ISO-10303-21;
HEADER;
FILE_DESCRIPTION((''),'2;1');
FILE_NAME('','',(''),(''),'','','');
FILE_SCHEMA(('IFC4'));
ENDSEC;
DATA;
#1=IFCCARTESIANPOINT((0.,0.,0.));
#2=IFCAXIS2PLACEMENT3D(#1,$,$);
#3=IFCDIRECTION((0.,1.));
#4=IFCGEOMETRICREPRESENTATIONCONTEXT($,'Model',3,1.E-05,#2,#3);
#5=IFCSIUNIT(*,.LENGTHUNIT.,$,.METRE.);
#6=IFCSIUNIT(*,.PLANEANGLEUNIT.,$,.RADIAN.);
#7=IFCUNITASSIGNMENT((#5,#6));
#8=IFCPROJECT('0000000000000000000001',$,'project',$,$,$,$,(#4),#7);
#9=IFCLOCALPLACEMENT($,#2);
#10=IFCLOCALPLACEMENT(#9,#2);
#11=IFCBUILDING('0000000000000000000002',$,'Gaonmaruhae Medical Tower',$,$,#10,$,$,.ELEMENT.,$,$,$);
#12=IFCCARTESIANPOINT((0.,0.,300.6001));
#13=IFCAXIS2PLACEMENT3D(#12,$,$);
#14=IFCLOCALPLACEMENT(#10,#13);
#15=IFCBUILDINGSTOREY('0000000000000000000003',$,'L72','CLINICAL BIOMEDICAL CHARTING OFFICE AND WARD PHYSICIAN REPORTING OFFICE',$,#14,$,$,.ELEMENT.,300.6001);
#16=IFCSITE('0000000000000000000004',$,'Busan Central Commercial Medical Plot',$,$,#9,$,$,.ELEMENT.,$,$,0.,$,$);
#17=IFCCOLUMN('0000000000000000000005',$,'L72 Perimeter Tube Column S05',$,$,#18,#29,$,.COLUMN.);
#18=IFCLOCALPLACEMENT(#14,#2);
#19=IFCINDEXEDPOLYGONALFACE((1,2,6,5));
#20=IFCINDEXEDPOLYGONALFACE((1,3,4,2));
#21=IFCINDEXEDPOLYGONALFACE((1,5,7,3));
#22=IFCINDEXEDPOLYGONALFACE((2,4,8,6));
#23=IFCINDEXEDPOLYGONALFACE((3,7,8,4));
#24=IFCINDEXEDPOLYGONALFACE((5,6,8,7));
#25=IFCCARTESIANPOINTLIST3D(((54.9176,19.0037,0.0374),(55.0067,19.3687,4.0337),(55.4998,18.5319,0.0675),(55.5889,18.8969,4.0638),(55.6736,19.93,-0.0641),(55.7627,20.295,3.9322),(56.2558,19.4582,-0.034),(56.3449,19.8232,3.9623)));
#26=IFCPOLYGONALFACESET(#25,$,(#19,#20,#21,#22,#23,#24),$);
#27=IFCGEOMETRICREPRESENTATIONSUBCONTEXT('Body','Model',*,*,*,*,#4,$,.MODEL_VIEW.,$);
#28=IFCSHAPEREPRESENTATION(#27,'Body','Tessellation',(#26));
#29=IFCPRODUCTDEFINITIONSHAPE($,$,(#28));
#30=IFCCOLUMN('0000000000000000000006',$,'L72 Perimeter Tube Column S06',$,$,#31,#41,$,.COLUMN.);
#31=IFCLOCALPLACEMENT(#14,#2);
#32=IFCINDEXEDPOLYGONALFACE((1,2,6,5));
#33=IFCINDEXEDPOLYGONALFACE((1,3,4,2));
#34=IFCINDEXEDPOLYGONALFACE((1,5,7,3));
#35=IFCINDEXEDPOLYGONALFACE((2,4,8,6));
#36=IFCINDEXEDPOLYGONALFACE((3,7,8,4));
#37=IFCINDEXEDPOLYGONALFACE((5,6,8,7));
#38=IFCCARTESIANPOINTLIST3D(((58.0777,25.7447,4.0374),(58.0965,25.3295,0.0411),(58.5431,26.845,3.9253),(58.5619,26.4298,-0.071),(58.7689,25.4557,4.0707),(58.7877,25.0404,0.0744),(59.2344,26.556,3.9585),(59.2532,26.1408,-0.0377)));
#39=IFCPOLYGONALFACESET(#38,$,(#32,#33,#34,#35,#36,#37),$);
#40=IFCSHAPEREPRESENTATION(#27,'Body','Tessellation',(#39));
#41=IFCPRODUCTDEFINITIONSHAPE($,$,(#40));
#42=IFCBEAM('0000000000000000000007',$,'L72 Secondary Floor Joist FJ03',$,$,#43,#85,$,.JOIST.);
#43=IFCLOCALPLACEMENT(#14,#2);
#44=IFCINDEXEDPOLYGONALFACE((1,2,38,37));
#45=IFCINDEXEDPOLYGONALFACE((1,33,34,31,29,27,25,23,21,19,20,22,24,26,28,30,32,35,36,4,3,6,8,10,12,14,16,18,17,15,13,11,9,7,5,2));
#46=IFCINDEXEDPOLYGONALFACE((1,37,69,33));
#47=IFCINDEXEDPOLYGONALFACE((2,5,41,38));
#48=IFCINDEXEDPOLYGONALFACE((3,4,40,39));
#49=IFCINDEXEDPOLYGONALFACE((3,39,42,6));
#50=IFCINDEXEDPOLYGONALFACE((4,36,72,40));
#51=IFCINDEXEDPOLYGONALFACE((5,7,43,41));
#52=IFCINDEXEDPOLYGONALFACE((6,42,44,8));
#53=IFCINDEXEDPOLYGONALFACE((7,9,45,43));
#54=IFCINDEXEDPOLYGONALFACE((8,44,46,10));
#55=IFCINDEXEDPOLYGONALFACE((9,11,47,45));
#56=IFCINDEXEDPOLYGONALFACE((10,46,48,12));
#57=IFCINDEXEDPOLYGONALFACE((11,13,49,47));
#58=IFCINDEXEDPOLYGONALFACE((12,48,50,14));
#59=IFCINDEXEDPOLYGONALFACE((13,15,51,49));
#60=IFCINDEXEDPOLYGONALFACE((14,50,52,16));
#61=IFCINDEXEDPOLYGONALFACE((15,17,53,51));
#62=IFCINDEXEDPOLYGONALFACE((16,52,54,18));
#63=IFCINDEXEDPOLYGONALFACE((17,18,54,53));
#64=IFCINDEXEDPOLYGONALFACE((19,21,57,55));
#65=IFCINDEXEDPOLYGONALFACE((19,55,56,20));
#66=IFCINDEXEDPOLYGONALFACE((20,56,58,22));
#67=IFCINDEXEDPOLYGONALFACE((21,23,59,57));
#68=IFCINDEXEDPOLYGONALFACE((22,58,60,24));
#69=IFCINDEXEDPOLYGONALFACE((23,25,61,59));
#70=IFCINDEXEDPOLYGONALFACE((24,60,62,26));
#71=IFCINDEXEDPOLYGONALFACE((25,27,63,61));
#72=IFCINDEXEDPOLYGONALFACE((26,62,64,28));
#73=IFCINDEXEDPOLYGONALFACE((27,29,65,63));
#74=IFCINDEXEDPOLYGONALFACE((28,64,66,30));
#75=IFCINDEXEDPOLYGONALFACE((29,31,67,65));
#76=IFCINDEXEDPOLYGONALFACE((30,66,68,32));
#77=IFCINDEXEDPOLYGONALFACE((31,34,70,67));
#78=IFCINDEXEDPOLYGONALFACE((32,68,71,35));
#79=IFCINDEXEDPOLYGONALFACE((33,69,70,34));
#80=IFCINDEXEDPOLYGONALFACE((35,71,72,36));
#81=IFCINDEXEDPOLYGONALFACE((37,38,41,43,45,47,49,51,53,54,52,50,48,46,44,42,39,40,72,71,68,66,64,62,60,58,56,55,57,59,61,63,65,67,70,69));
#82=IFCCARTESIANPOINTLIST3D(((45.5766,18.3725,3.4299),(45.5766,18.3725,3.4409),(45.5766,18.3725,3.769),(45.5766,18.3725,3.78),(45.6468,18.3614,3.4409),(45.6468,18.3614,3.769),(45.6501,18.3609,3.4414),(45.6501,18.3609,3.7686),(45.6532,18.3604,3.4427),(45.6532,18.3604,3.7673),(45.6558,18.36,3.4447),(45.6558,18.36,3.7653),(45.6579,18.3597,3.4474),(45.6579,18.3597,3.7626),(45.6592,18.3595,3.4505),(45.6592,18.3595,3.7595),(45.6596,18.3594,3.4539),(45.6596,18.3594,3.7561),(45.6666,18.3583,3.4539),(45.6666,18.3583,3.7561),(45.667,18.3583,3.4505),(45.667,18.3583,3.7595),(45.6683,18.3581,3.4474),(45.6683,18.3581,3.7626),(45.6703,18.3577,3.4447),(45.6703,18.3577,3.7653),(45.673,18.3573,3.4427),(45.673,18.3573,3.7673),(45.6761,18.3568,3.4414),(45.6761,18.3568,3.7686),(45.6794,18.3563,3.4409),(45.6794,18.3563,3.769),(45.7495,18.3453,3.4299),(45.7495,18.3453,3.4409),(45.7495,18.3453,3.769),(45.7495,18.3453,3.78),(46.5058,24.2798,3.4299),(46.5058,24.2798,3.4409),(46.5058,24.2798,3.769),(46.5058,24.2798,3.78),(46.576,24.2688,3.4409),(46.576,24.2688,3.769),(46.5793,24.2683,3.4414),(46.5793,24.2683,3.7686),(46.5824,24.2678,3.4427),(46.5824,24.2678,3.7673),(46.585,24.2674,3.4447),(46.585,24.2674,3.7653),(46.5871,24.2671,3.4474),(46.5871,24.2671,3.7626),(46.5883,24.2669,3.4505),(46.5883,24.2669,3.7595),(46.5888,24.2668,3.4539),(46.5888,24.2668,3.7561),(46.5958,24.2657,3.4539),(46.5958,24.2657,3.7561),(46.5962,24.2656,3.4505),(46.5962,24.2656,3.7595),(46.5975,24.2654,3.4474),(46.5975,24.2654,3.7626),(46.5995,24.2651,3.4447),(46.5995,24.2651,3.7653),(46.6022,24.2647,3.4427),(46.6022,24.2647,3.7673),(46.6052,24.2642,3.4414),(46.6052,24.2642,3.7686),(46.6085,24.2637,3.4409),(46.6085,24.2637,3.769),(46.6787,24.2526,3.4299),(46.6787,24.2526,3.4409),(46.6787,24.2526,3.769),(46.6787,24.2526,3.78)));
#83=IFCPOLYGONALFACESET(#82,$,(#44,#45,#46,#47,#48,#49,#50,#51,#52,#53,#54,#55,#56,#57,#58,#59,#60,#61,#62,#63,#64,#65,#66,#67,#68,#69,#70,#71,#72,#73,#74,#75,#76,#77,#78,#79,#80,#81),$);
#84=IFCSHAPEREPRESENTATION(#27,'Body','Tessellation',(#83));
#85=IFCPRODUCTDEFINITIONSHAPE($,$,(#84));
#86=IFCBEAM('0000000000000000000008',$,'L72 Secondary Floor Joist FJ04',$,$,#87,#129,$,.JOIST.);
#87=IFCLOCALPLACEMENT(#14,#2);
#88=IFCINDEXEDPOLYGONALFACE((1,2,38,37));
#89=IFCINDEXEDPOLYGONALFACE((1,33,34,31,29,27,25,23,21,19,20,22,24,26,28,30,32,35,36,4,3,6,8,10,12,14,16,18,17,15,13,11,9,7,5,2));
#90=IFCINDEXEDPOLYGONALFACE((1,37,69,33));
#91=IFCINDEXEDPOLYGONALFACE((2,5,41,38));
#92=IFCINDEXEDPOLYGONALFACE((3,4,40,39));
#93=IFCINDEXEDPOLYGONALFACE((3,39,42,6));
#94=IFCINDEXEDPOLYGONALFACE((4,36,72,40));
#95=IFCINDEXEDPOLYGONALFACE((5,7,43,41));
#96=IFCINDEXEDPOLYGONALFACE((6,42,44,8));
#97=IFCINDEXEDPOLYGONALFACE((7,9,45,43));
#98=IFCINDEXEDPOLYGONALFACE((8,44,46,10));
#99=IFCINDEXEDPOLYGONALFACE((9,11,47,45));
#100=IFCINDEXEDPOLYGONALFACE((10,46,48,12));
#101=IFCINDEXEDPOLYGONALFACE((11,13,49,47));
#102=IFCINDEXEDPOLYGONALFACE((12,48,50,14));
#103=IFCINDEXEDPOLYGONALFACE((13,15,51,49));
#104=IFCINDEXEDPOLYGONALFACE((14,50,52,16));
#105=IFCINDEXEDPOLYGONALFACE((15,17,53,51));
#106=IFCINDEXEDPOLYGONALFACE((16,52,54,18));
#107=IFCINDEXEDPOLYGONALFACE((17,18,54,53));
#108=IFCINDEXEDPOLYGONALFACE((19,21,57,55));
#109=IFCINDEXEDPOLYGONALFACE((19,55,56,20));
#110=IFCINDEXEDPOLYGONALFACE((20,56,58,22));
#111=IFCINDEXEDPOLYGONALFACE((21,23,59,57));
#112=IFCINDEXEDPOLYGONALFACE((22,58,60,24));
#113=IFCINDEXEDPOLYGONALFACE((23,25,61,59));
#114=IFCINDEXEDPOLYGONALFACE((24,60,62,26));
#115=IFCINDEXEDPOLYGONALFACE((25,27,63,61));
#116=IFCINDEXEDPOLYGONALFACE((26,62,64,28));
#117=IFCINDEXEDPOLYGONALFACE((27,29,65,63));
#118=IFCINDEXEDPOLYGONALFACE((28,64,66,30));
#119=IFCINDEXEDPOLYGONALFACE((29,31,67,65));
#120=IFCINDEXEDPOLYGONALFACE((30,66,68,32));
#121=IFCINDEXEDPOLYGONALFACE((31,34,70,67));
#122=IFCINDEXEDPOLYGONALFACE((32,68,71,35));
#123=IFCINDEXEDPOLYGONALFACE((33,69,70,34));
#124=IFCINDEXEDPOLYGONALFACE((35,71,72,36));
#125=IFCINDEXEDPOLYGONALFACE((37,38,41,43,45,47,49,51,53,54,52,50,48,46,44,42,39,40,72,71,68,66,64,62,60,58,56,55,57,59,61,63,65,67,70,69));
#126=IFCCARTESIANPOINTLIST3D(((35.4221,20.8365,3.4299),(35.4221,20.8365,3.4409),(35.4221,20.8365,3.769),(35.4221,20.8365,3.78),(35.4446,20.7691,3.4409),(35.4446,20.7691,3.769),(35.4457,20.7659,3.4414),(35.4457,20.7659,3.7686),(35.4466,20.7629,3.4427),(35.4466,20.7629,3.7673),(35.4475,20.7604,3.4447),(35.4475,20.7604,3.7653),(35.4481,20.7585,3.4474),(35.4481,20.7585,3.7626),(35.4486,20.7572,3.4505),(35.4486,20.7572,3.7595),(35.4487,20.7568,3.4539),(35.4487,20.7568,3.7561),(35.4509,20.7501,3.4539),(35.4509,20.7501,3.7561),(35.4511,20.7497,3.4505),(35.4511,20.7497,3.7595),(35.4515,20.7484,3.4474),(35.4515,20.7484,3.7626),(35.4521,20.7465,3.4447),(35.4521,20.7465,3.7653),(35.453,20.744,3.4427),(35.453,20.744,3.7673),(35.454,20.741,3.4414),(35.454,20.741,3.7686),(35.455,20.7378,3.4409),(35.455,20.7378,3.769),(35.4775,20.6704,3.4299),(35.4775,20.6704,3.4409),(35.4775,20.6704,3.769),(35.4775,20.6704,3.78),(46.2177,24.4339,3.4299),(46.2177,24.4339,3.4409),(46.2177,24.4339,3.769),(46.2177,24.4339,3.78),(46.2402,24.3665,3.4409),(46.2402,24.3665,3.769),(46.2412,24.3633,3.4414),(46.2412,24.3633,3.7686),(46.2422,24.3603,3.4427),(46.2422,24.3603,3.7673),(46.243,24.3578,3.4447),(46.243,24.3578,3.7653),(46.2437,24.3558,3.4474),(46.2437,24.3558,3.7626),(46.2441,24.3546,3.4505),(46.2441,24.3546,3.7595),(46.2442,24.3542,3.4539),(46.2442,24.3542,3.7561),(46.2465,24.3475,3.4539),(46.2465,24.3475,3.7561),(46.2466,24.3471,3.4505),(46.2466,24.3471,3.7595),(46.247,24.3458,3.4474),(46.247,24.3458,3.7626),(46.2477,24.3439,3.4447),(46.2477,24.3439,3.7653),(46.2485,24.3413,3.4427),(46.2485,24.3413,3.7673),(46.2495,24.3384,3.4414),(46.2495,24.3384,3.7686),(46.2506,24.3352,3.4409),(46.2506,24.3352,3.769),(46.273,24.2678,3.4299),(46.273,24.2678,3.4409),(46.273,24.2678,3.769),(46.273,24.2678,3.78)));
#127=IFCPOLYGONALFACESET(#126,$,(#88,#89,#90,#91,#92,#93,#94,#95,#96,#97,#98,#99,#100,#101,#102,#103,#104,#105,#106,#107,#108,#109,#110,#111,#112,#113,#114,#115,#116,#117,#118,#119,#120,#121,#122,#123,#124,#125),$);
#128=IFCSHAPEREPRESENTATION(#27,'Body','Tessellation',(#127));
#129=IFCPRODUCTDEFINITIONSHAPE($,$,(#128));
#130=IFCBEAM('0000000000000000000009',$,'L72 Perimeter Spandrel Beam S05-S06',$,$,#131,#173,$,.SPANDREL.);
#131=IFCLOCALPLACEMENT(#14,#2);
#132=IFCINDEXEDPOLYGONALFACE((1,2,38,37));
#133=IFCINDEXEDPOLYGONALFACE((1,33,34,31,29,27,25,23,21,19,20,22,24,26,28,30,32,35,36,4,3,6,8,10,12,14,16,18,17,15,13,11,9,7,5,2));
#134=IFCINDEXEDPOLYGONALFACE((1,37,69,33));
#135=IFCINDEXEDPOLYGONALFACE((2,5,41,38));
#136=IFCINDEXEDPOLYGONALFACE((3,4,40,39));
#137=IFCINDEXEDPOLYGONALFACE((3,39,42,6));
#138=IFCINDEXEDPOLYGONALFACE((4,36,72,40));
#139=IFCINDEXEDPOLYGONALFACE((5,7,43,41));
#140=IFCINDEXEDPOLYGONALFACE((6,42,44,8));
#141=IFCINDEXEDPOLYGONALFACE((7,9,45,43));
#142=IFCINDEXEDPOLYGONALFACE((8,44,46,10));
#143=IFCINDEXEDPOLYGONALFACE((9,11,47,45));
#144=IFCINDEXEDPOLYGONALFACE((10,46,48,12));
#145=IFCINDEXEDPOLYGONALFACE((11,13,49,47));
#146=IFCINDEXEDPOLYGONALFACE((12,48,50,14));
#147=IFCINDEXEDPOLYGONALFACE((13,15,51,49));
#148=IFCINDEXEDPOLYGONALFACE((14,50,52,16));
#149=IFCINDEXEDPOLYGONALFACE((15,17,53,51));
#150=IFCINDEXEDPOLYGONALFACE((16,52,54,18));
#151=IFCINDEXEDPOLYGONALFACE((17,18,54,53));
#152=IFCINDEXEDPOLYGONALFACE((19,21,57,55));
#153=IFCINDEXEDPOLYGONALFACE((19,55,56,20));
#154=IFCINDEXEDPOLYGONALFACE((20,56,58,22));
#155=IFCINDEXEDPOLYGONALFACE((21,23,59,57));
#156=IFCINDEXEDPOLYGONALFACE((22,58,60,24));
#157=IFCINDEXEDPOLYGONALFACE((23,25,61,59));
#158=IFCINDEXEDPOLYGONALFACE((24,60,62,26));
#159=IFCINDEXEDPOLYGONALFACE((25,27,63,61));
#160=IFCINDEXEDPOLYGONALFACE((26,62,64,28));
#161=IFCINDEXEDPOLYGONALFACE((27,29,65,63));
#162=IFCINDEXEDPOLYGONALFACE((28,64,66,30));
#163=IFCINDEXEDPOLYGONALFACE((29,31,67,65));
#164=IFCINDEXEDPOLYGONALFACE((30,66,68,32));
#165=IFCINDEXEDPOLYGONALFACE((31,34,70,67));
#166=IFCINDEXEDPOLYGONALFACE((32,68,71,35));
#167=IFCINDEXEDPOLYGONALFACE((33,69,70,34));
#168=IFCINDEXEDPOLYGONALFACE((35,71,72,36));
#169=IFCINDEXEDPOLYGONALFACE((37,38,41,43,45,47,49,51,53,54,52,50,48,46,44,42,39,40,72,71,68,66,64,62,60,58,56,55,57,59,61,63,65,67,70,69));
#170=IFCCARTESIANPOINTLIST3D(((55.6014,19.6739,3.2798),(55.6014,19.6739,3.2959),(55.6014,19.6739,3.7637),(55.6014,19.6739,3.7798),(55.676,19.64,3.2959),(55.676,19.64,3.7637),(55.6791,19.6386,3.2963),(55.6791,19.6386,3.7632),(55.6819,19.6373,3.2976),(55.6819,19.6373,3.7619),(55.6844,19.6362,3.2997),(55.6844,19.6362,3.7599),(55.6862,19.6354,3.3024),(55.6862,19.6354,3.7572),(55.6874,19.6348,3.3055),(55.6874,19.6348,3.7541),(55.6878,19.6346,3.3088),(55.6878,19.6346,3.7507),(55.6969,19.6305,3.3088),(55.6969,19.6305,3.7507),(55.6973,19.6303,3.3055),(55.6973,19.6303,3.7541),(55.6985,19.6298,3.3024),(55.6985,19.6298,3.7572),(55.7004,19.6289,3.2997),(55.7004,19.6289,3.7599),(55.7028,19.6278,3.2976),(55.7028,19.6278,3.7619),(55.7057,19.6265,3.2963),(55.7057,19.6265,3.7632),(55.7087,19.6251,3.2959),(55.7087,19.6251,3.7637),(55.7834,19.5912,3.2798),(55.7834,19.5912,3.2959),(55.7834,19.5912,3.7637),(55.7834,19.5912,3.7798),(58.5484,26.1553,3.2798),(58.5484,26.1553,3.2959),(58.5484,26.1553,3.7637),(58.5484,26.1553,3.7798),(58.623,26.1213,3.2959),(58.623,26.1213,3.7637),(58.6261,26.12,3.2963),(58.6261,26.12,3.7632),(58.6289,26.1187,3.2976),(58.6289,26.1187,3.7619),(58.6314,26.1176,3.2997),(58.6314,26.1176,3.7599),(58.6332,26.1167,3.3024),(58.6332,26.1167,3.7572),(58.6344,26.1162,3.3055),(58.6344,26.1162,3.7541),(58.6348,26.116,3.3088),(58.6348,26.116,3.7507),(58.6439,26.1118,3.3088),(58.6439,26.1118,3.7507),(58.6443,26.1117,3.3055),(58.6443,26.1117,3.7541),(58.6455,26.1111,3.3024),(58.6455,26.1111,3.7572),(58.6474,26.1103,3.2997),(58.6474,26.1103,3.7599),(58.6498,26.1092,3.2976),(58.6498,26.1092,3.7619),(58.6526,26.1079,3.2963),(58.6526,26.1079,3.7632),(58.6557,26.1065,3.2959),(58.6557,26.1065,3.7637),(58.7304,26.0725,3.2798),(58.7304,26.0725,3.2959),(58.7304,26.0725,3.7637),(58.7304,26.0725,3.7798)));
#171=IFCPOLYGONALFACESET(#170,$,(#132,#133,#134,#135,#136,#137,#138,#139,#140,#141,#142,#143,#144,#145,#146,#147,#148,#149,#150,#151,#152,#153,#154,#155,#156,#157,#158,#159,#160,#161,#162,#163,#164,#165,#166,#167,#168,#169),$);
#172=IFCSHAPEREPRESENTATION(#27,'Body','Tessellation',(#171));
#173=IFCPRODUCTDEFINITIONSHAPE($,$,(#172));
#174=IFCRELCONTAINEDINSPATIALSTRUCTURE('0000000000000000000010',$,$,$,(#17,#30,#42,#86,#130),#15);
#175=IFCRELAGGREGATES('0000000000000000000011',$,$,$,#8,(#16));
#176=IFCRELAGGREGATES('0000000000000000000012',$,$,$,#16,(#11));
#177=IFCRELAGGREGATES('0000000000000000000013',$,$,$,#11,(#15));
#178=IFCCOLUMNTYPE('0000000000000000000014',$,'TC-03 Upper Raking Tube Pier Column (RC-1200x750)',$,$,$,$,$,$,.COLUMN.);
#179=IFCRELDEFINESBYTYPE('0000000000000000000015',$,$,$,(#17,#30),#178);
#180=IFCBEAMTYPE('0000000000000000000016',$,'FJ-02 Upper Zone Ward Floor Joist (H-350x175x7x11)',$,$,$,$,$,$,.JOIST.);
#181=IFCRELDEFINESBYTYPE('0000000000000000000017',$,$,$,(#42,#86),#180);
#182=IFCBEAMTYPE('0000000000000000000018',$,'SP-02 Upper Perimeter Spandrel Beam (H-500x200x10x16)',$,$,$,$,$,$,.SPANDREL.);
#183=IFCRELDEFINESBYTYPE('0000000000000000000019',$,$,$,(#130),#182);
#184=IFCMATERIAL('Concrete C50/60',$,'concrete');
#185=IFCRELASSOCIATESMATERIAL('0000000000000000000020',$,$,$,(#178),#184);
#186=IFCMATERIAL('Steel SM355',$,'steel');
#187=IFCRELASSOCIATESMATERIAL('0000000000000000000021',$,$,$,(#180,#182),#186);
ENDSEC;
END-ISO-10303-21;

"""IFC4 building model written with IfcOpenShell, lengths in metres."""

from ifc_helpers import new_model, si_unit, direction, frame, origin, origin_2d, place, context, subcontext, project, spatial, rectangle, i_section, extrude, material, material_profile, profile_set, type_object, element, save


model = new_model("IFC4")

# Units and contexts
model_context = context("Model", 3, precision=1e-05, world=origin(), true_north=direction((0.0, 1.0)))
body_context = subcontext(model_context, "Body", "Model", "MODEL_VIEW")
ifc_project = project(units=[si_unit("LENGTHUNIT", "METRE"), si_unit("PLANEANGLEUNIT", "RADIAN")], contexts=[model_context])

# Site, building, storey
site_placement = place(None, origin())
site = spatial("IfcSite", under=ifc_project, at=site_placement, Name="Busan Central Commercial Medical Plot", CompositionType="ELEMENT", RefElevation=0.0)
building_placement = place(site_placement, origin())
building = spatial("IfcBuilding", under=site, at=building_placement, Name="Gaonmaruhae Medical Tower", CompositionType="ELEMENT")
storey_placement = place(building_placement, frame((0.0, 0.0, 300.6001)))
storey = spatial("IfcBuildingStorey", under=building, at=storey_placement, Name="L72", Description="CLINICAL BIOMEDICAL CHARTING OFFICE AND WARD PHYSICIAN REPORTING OFFICE", CompositionType="ELEMENT", Elevation=300.6001)

# Columns
ifc_material_1 = material(Name="Concrete C50/60", Category="concrete")
ifc_material_profile_1 = material_profile(ifc_material_1, rectangle(XDim=1.2, YDim=0.75, at=origin_2d()), Name="RC-1200x750")
ifc_profile_set_1 = profile_set([ifc_material_profile_1], Name="Concrete C50/60")
column_type = type_object("IfcColumnType", Name="TC-03 Upper Raking Tube Pier Column (RC-1200x750)", PredefinedType="COLUMN", material=ifc_profile_set_1)
column_1_placement = place(storey_placement, frame((55.5867, 19.231, 0.0017), z_axis=(0.0222, 0.09093, 0.99561), x_axis=(-0.630009, -0.771971, 0.084553)))
element("IfcColumn", 1, at=column_1_placement, inside=storey, type_object=column_type, Name="L72 Perimeter Tube Column S05", PredefinedType="COLUMN", context=body_context, shape_type="SweptSolid", body=[
    extrude(rectangle(XDim=1.2, YDim=0.75, at=origin_2d()), origin(), (0.0, 0.0, 1.0), 4.0139),
])
column_2_placement = place(storey_placement, frame((58.6748, 25.7351, 0.0017), z_axis=(-0.004679, 0.103358, 0.994633), x_axis=(-0.387866, -0.916965, 0.093463)))
element("IfcColumn", 2, at=column_2_placement, inside=storey, type_object=column_type, Name="L72 Perimeter Tube Column S06", PredefinedType="COLUMN", context=body_context, shape_type="SweptSolid", body=[
    extrude(rectangle(XDim=1.2, YDim=0.75, at=origin_2d()), origin(), (0.0, 0.0, 1.0), 4.0178),
])

# Beams
ifc_material_2 = material(Name="Steel SM355", Category="steel")
ifc_material_profile_2 = material_profile(ifc_material_2, i_section(OverallWidth=0.175, OverallDepth=0.3501, WebThickness=0.0071, FlangeThickness=0.011, FilletRadius=0.0129, at=origin_2d()), Name="H-350x175x7x11")
ifc_profile_set_2 = profile_set([ifc_material_profile_2], Name="Steel SM355")
beam_type_1 = type_object("IfcBeamType", Name="FJ-02 Upper Zone Ward Floor Joist (H-350x175x7x11)", PredefinedType="JOIST", material=ifc_profile_set_2)
beam_1_placement = place(storey_placement, frame((45.6631, 18.3589, 3.605), z_axis=(0.155382, 0.987854, 0.0), x_axis=(-0.987854, 0.155382, 0.0)))
element("IfcBeam", 3, at=beam_1_placement, inside=storey, type_object=beam_type_1, Name="L72 Secondary Floor Joist FJ03", PredefinedType="JOIST", context=body_context, shape_type="SweptSolid", body=[
    extrude(i_section(OverallWidth=0.175, OverallDepth=0.3501, WebThickness=0.0071, FlangeThickness=0.011, FilletRadius=0.0129, at=origin_2d()), origin(), (0.0, 0.0, 1.0), 5.98),
])
beam_2_placement = place(storey_placement, frame((46.2454, 24.3508, 3.605), z_axis=(-0.948713, -0.316138, 0.0), x_axis=(0.316138, -0.948713, 0.0)))
element("IfcBeam", 4, at=beam_2_placement, inside=storey, type_object=beam_type_1, Name="L72 Secondary Floor Joist FJ04", PredefinedType="JOIST", context=body_context, shape_type="SweptSolid", body=[
    extrude(i_section(OverallWidth=0.175, OverallDepth=0.3501, WebThickness=0.0071, FlangeThickness=0.011, FilletRadius=0.0129, at=origin_2d()), origin(), (0.0, 0.0, 1.0), 11.3792),
])
ifc_material_profile_3 = material_profile(ifc_material_2, i_section(OverallWidth=0.2, OverallDepth=0.5, WebThickness=0.01, FlangeThickness=0.0161, FilletRadius=0.0129, at=origin_2d()), Name="H-500x200x10x16")
ifc_profile_set_3 = profile_set([ifc_material_profile_3], Name="Steel SM355")
beam_type_2 = type_object("IfcBeamType", Name="SP-02 Upper Perimeter Spandrel Beam (H-500x200x10x16)", PredefinedType="SPANDREL", material=ifc_profile_set_3)
beam_3_placement = place(storey_placement, frame((55.6924, 19.6326, 3.5298), z_axis=(0.413909, 0.910318, 0.0), x_axis=(-0.910318, 0.413909, 0.0)))
element("IfcBeam", 5, at=beam_3_placement, inside=storey, type_object=beam_type_2, Name="L72 Perimeter Spandrel Beam S05-S06", PredefinedType="SPANDREL", context=body_context, shape_type="SweptSolid", body=[
    extrude(i_section(OverallWidth=0.2, OverallDepth=0.5, WebThickness=0.01, FlangeThickness=0.0161, FilletRadius=0.0129, at=origin_2d()), origin(), (0.0, 0.0, 1.0), 7.1199),
])

save(model, "model.ifc")
